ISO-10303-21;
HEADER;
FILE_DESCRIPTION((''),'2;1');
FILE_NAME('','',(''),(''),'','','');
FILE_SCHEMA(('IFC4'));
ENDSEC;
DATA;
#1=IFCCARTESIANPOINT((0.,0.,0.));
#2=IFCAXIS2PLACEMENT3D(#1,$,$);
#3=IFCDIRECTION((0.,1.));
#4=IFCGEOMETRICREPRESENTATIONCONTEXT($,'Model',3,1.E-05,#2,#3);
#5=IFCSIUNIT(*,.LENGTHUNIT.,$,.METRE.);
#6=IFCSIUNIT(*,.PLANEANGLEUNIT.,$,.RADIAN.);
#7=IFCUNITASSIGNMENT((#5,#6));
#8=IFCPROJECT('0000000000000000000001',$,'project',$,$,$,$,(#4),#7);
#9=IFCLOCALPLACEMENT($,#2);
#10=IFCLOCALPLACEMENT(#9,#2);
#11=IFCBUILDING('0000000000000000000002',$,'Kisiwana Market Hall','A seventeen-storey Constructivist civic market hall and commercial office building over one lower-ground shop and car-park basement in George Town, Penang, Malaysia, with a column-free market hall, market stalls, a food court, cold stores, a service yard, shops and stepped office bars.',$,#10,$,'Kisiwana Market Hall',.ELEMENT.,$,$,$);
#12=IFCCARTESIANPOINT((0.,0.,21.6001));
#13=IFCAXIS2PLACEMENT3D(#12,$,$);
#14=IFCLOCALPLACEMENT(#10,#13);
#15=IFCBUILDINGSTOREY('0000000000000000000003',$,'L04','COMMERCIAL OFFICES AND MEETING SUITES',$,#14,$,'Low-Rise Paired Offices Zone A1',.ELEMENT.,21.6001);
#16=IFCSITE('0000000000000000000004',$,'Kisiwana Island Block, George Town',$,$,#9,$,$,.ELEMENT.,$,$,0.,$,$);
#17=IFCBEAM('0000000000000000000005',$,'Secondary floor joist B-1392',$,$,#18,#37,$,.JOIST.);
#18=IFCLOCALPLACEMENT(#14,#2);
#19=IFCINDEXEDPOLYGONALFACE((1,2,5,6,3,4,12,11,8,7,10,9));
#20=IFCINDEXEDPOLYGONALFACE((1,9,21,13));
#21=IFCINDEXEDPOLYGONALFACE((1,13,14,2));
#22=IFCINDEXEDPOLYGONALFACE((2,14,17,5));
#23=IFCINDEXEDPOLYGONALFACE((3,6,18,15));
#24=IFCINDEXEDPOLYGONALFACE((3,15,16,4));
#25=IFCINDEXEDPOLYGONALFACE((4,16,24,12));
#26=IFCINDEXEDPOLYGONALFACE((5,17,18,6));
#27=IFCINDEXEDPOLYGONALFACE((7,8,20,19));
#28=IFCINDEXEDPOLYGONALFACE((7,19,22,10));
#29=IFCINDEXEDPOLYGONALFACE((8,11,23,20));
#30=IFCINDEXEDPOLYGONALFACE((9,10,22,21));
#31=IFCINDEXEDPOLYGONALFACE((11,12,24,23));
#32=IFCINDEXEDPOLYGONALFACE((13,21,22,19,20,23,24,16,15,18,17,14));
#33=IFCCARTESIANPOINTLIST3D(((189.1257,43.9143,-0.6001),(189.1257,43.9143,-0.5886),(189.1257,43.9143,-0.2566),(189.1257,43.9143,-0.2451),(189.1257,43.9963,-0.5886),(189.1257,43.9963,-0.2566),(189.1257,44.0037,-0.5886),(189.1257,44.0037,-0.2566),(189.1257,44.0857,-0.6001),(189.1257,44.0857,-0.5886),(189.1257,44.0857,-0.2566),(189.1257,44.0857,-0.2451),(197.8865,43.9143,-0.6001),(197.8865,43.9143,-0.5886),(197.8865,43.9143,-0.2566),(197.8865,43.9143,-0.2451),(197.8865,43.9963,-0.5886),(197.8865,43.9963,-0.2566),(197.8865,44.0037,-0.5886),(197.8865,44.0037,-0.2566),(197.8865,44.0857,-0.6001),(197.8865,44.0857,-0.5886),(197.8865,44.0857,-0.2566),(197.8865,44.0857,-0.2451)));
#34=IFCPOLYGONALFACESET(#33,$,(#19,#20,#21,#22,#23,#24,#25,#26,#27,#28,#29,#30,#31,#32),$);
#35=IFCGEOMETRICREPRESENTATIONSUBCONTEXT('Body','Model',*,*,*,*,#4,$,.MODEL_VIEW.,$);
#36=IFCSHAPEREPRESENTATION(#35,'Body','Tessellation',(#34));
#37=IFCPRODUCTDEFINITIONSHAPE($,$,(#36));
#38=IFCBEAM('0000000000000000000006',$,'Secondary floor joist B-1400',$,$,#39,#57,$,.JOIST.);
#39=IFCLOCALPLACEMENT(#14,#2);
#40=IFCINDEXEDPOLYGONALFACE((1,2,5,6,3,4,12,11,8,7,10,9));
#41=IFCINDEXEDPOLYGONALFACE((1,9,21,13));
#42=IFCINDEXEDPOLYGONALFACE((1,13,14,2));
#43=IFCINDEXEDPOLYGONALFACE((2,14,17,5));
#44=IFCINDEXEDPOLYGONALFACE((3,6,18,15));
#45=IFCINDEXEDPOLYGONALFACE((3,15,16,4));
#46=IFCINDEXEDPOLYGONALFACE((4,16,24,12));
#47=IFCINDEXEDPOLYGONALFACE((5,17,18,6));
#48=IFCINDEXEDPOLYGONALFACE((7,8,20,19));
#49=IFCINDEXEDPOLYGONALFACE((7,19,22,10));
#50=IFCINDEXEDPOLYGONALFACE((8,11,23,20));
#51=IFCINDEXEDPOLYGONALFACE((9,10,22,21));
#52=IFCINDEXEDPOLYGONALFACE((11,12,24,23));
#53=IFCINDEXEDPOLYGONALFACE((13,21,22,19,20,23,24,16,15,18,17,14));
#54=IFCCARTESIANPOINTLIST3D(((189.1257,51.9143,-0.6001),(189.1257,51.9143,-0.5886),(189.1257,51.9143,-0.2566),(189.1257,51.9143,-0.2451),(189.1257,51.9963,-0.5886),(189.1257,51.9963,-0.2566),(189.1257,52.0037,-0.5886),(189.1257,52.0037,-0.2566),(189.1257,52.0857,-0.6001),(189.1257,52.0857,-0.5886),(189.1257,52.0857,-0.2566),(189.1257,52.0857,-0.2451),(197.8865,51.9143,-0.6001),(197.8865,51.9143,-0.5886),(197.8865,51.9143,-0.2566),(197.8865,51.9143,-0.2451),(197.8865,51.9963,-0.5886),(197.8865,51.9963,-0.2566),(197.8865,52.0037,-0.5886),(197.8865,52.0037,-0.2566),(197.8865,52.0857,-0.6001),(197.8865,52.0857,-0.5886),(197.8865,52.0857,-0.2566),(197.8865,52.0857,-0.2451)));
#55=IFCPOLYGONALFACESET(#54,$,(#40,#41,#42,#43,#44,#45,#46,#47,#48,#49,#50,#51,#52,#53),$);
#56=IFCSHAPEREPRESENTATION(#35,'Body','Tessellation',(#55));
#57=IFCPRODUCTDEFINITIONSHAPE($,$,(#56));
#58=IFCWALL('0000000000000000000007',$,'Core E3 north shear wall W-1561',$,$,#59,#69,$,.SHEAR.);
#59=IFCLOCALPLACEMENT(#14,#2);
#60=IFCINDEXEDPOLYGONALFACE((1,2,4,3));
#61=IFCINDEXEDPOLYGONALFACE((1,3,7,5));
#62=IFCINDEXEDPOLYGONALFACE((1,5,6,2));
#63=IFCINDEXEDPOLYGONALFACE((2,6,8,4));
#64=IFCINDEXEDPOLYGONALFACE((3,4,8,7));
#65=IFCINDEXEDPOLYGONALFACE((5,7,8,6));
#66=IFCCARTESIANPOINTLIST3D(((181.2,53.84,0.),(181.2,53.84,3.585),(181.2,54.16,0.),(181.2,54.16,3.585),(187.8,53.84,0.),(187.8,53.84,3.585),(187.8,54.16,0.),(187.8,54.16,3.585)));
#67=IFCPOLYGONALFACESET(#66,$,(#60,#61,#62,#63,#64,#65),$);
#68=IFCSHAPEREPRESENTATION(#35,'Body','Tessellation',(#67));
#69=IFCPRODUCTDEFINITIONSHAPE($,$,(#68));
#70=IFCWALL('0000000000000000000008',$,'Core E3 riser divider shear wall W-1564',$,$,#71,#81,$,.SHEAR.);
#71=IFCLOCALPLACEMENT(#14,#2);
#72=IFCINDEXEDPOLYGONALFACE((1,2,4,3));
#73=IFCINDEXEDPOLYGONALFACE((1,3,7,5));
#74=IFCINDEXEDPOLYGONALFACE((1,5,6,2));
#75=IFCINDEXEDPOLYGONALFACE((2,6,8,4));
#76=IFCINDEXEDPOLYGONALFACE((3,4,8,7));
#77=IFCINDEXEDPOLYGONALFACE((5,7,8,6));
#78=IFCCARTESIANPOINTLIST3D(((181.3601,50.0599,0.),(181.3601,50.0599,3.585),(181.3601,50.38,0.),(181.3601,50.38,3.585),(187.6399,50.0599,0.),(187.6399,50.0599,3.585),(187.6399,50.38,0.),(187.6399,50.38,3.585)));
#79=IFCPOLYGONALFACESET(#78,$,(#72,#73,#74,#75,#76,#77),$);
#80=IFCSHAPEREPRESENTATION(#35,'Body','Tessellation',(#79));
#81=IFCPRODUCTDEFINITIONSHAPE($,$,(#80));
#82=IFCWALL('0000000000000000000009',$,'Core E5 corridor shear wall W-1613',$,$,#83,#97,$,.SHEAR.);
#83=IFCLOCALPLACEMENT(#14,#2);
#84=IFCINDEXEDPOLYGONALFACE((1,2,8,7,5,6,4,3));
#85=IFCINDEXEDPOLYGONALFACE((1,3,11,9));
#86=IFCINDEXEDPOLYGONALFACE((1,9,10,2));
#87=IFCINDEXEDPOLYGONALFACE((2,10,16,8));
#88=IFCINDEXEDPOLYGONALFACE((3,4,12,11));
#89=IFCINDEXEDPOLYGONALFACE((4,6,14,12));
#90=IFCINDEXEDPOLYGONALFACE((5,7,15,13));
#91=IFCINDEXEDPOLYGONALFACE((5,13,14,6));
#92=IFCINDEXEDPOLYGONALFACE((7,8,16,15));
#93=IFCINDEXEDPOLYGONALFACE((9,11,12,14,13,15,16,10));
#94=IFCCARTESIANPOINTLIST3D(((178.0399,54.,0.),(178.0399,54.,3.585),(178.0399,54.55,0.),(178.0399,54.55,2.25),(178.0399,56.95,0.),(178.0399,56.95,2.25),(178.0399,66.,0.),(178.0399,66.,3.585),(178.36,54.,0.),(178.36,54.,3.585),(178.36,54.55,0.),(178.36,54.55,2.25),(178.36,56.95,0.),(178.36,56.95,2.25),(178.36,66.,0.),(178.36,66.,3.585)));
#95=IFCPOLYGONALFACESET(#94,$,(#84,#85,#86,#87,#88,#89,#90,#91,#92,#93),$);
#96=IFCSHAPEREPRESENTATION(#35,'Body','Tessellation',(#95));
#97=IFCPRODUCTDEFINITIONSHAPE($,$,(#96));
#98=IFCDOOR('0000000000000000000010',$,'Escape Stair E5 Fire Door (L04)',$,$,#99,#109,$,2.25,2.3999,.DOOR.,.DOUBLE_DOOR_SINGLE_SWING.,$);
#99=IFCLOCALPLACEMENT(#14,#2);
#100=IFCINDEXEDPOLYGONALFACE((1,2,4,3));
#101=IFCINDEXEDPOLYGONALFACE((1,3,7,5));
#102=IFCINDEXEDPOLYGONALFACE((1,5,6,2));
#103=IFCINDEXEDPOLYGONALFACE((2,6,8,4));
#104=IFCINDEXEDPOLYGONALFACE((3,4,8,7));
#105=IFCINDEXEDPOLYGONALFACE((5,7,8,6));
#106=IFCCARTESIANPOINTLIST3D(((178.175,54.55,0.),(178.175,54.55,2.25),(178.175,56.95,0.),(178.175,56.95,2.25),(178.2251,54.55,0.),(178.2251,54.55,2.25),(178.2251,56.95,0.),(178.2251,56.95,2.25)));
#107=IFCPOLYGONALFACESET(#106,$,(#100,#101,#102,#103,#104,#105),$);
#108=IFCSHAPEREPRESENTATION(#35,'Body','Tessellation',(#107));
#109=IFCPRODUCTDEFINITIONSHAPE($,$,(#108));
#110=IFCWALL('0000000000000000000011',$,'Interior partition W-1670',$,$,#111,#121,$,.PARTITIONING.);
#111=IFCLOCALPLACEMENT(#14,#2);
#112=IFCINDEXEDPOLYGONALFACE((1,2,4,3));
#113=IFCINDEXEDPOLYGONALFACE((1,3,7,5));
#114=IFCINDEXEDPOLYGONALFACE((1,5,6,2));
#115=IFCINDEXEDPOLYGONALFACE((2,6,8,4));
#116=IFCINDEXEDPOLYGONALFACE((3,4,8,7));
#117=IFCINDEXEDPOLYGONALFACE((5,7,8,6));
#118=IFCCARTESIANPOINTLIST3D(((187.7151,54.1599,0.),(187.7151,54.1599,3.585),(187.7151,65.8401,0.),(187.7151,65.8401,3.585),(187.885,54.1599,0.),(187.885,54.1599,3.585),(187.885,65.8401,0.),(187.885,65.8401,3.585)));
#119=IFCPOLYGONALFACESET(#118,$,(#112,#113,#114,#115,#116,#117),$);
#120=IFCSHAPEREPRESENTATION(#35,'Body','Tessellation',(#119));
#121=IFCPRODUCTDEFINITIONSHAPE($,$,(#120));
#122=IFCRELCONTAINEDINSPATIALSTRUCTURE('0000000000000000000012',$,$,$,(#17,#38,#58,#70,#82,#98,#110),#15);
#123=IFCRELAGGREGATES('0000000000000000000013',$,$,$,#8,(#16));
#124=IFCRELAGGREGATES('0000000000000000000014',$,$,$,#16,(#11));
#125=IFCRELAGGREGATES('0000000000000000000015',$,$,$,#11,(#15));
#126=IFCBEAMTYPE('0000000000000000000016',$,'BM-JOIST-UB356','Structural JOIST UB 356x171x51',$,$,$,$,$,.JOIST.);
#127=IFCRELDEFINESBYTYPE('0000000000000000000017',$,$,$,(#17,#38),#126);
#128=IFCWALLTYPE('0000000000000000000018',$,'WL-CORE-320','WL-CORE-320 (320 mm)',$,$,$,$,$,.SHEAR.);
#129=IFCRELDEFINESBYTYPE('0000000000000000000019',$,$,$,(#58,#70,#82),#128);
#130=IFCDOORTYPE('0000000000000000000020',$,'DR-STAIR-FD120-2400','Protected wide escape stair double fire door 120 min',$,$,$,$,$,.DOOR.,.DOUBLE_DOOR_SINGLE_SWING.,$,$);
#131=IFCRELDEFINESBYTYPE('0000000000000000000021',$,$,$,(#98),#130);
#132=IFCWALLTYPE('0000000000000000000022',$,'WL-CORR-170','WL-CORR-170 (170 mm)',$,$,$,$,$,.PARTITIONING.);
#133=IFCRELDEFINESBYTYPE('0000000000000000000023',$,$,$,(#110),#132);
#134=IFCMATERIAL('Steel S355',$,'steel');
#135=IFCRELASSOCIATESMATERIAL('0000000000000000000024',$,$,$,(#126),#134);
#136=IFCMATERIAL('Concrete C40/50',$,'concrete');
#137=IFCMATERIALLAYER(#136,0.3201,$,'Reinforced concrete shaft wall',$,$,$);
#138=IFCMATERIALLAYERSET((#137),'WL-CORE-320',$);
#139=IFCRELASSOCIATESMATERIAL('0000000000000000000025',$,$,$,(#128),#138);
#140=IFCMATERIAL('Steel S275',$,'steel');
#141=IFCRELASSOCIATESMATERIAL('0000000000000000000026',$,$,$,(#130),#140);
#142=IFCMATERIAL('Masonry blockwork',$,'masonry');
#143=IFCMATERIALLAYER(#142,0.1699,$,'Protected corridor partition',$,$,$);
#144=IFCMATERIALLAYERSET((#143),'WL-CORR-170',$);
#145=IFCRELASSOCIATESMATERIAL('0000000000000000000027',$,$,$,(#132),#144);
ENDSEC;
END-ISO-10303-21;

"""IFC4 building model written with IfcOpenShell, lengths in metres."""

from ifc_helpers import new_model, si_unit, direction, frame, frame_2d, origin, origin_2d, place, context, subcontext, project, spatial, rectangle, i_section, extrude, material, layer, layer_set, material_profile, profile_set, type_object, element, fill, save


model = new_model("IFC4")

# Units and contexts
model_context = context("Model", 3, precision=1e-05, world=origin(), true_north=direction((0.0, 1.0)))
body_context = subcontext(model_context, "Body", "Model", "MODEL_VIEW")
ifc_project = project(units=[si_unit("LENGTHUNIT", "METRE"), si_unit("PLANEANGLEUNIT", "RADIAN")], contexts=[model_context])

# Site, building, storey
site_placement = place(None, origin())
site = spatial("IfcSite", under=ifc_project, at=site_placement, Name="Kisiwana Island Block, George Town", CompositionType="ELEMENT", RefElevation=0.0)
building_placement = place(site_placement, origin())
building = spatial("IfcBuilding", under=site, at=building_placement, Name="Kisiwana Market Hall", Description="A seventeen-storey Constructivist civic market hall and commercial office building over one lower-ground shop and car-park basement in George Town, Penang, Malaysia, with a column-free market hall, market stalls, a food court, cold stores, a service yard, shops and stepped office bars.", LongName="Kisiwana Market Hall", CompositionType="ELEMENT")
storey_placement = place(building_placement, frame((0.0, 0.0, 21.6001)))
storey = spatial("IfcBuildingStorey", under=building, at=storey_placement, Name="L04", Description="COMMERCIAL OFFICES AND MEETING SUITES", LongName="Low-Rise Paired Offices Zone A1", CompositionType="ELEMENT", Elevation=21.6001)

# Beams
ifc_material_1 = material(Name="Steel S355", Category="steel")
ifc_material_profile = material_profile(ifc_material_1, i_section(OverallWidth=0.1714, OverallDepth=0.355, WebThickness=0.0073, FlangeThickness=0.0115, at=origin_2d()), Name="UB 356x171x51")
ifc_profile_set = profile_set([ifc_material_profile], Name="Steel S355")
beam_type = type_object("IfcBeamType", Name="BM-JOIST-UB356", Description="Structural JOIST UB 356x171x51", PredefinedType="JOIST", material=ifc_profile_set)
for number, where, z_axis, x_axis, name in (
    (1, (189.1257, 44.0, -0.4226), (1.0, 0.0, 0.0), (0.0, 1.0, 0.0), "Secondary floor joist B-1392"),
    (2, (189.1257, 52.0, -0.4226), (1.0, 0.0, 0.0), (0.0, 1.0, 0.0), "Secondary floor joist B-1400"),
):
    element("IfcBeam", number, at=place(storey_placement, frame(where, z_axis=z_axis, x_axis=x_axis)), inside=storey, type_object=beam_type, Name=name, PredefinedType="JOIST", context=body_context, shape_type="SweptSolid", body=[
        extrude(i_section(OverallWidth=0.1714, OverallDepth=0.355, WebThickness=0.0073, FlangeThickness=0.0115, at=origin_2d()), origin(), (0.0, 0.0, 1.0), 8.7607),
    ])

# Walls
ifc_material_2 = material(Name="Concrete C40/50", Category="concrete")
ifc_layer_1 = layer(ifc_material_2, 0.3201, Name="Reinforced concrete shaft wall")
ifc_layer_set_1 = layer_set([ifc_layer_1], Name="WL-CORE-320")
wall_type_1 = type_object("IfcWallType", Name="WL-CORE-320", Description="WL-CORE-320 (320 mm)", PredefinedType="SHEAR", material=ifc_layer_set_1)
wall_1_placement = place(storey_placement, frame((181.2, 54.0, 0.0), z_axis=(0.0, 0.0, 1.0), x_axis=(1.0, 0.0, 0.0)))
element("IfcWall", 3, at=wall_1_placement, inside=storey, type_object=wall_type_1, Name="Core E3 north shear wall W-1561", PredefinedType="SHEAR", context=body_context, shape_type="SweptSolid", body=[
    extrude(rectangle(XDim=6.6001, YDim=0.3201, at=frame_2d((3.3, 0.0))), origin(), (0.0, 0.0, 1.0), 3.585),
])
wall_2_placement = place(storey_placement, frame((181.3601, 50.22, 0.0), z_axis=(0.0, 0.0, 1.0), x_axis=(1.0, 0.0, 0.0)))
element("IfcWall", 4, at=wall_2_placement, inside=storey, type_object=wall_type_1, Name="Core E3 riser divider shear wall W-1564", PredefinedType="SHEAR", context=body_context, shape_type="SweptSolid", body=[
    extrude(rectangle(XDim=6.2798, YDim=0.3201, at=frame_2d((3.1399, 0.0))), origin(), (0.0, 0.0, 1.0), 3.585),
])

# Wall, opening, door
wall_3_placement = place(storey_placement, frame((178.2, 54.0, 0.0), z_axis=(0.0, 0.0, 1.0), x_axis=(0.0, 1.0, 0.0)))
wall_3 = element("IfcWall", 5, at=wall_3_placement, inside=storey, type_object=wall_type_1, Name="Core E5 corridor shear wall W-1613", PredefinedType="SHEAR", context=body_context, shape_type="SweptSolid", body=[
    extrude(rectangle(XDim=12.0, YDim=0.3201, at=frame_2d((6.0, 0.0))), origin(), (0.0, 0.0, 1.0), 3.585),
])
opening_1_placement = place(wall_3_placement, frame((0.55, 0.0, 0.0)))
opening_1 = element("IfcOpeningElement", 6, at=opening_1_placement, cuts=wall_3, PredefinedType="OPENING", context=body_context, shape_type="SweptSolid", body=[
    extrude(rectangle(XDim=2.3999, YDim=2.25, at=frame_2d((1.2, 1.125))), frame((0.0, 0.1719, 0.0), z_axis=(0.0, -1.0, 0.0), x_axis=(1.0, 0.0, 0.0)), (0.0, 0.0, 1.0), 0.344),
])
ifc_material_3 = material(Name="Steel S275", Category="steel")
door_type_1 = type_object("IfcDoorType", Name="DR-STAIR-FD120-2400", Description="Protected wide escape stair double fire door 120 min", OperationType="DOUBLE_DOOR_SINGLE_SWING", PredefinedType="DOOR", material=ifc_material_3)
door_1_placement = place(opening_1_placement, origin())
door_1 = element("IfcDoor", 7, at=door_1_placement, inside=storey, type_object=door_type_1, Name="Escape Stair E5 Fire Door (L04)", OperationType="DOUBLE_DOOR_SINGLE_SWING", OverallHeight=2.25, OverallWidth=2.3999, PredefinedType="DOOR", context=body_context, shape_type="SweptSolid", body=[
    extrude(rectangle(XDim=2.3999, YDim=2.25, at=frame_2d((1.2, 1.125))), frame((0.0, 0.0249, 0.0), z_axis=(0.0, -1.0, 0.0), x_axis=(1.0, 0.0, 0.0)), (0.0, 0.0, 1.0), 0.05),
])
fill(opening_1, door_1)

# Wall
ifc_material_4 = material(Name="Masonry blockwork", Category="masonry")
ifc_layer_2 = layer(ifc_material_4, 0.1699, Name="Protected corridor partition")
ifc_layer_set_2 = layer_set([ifc_layer_2], Name="WL-CORR-170")
wall_type_2 = type_object("IfcWallType", Name="WL-CORR-170", Description="WL-CORR-170 (170 mm)", PredefinedType="PARTITIONING", material=ifc_layer_set_2)
wall_4_placement = place(storey_placement, frame((187.8, 54.1599, 0.0), z_axis=(0.0, 0.0, 1.0), x_axis=(0.0, 1.0, 0.0)))
element("IfcWall", 8, at=wall_4_placement, inside=storey, type_object=wall_type_2, Name="Interior partition W-1670", PredefinedType="PARTITIONING", context=body_context, shape_type="SweptSolid", body=[
    extrude(rectangle(XDim=11.6802, YDim=0.1699, at=frame_2d((5.8401, 0.0))), origin(), (0.0, 0.0, 1.0), 3.585),
])

save(model, "model.ifc")
